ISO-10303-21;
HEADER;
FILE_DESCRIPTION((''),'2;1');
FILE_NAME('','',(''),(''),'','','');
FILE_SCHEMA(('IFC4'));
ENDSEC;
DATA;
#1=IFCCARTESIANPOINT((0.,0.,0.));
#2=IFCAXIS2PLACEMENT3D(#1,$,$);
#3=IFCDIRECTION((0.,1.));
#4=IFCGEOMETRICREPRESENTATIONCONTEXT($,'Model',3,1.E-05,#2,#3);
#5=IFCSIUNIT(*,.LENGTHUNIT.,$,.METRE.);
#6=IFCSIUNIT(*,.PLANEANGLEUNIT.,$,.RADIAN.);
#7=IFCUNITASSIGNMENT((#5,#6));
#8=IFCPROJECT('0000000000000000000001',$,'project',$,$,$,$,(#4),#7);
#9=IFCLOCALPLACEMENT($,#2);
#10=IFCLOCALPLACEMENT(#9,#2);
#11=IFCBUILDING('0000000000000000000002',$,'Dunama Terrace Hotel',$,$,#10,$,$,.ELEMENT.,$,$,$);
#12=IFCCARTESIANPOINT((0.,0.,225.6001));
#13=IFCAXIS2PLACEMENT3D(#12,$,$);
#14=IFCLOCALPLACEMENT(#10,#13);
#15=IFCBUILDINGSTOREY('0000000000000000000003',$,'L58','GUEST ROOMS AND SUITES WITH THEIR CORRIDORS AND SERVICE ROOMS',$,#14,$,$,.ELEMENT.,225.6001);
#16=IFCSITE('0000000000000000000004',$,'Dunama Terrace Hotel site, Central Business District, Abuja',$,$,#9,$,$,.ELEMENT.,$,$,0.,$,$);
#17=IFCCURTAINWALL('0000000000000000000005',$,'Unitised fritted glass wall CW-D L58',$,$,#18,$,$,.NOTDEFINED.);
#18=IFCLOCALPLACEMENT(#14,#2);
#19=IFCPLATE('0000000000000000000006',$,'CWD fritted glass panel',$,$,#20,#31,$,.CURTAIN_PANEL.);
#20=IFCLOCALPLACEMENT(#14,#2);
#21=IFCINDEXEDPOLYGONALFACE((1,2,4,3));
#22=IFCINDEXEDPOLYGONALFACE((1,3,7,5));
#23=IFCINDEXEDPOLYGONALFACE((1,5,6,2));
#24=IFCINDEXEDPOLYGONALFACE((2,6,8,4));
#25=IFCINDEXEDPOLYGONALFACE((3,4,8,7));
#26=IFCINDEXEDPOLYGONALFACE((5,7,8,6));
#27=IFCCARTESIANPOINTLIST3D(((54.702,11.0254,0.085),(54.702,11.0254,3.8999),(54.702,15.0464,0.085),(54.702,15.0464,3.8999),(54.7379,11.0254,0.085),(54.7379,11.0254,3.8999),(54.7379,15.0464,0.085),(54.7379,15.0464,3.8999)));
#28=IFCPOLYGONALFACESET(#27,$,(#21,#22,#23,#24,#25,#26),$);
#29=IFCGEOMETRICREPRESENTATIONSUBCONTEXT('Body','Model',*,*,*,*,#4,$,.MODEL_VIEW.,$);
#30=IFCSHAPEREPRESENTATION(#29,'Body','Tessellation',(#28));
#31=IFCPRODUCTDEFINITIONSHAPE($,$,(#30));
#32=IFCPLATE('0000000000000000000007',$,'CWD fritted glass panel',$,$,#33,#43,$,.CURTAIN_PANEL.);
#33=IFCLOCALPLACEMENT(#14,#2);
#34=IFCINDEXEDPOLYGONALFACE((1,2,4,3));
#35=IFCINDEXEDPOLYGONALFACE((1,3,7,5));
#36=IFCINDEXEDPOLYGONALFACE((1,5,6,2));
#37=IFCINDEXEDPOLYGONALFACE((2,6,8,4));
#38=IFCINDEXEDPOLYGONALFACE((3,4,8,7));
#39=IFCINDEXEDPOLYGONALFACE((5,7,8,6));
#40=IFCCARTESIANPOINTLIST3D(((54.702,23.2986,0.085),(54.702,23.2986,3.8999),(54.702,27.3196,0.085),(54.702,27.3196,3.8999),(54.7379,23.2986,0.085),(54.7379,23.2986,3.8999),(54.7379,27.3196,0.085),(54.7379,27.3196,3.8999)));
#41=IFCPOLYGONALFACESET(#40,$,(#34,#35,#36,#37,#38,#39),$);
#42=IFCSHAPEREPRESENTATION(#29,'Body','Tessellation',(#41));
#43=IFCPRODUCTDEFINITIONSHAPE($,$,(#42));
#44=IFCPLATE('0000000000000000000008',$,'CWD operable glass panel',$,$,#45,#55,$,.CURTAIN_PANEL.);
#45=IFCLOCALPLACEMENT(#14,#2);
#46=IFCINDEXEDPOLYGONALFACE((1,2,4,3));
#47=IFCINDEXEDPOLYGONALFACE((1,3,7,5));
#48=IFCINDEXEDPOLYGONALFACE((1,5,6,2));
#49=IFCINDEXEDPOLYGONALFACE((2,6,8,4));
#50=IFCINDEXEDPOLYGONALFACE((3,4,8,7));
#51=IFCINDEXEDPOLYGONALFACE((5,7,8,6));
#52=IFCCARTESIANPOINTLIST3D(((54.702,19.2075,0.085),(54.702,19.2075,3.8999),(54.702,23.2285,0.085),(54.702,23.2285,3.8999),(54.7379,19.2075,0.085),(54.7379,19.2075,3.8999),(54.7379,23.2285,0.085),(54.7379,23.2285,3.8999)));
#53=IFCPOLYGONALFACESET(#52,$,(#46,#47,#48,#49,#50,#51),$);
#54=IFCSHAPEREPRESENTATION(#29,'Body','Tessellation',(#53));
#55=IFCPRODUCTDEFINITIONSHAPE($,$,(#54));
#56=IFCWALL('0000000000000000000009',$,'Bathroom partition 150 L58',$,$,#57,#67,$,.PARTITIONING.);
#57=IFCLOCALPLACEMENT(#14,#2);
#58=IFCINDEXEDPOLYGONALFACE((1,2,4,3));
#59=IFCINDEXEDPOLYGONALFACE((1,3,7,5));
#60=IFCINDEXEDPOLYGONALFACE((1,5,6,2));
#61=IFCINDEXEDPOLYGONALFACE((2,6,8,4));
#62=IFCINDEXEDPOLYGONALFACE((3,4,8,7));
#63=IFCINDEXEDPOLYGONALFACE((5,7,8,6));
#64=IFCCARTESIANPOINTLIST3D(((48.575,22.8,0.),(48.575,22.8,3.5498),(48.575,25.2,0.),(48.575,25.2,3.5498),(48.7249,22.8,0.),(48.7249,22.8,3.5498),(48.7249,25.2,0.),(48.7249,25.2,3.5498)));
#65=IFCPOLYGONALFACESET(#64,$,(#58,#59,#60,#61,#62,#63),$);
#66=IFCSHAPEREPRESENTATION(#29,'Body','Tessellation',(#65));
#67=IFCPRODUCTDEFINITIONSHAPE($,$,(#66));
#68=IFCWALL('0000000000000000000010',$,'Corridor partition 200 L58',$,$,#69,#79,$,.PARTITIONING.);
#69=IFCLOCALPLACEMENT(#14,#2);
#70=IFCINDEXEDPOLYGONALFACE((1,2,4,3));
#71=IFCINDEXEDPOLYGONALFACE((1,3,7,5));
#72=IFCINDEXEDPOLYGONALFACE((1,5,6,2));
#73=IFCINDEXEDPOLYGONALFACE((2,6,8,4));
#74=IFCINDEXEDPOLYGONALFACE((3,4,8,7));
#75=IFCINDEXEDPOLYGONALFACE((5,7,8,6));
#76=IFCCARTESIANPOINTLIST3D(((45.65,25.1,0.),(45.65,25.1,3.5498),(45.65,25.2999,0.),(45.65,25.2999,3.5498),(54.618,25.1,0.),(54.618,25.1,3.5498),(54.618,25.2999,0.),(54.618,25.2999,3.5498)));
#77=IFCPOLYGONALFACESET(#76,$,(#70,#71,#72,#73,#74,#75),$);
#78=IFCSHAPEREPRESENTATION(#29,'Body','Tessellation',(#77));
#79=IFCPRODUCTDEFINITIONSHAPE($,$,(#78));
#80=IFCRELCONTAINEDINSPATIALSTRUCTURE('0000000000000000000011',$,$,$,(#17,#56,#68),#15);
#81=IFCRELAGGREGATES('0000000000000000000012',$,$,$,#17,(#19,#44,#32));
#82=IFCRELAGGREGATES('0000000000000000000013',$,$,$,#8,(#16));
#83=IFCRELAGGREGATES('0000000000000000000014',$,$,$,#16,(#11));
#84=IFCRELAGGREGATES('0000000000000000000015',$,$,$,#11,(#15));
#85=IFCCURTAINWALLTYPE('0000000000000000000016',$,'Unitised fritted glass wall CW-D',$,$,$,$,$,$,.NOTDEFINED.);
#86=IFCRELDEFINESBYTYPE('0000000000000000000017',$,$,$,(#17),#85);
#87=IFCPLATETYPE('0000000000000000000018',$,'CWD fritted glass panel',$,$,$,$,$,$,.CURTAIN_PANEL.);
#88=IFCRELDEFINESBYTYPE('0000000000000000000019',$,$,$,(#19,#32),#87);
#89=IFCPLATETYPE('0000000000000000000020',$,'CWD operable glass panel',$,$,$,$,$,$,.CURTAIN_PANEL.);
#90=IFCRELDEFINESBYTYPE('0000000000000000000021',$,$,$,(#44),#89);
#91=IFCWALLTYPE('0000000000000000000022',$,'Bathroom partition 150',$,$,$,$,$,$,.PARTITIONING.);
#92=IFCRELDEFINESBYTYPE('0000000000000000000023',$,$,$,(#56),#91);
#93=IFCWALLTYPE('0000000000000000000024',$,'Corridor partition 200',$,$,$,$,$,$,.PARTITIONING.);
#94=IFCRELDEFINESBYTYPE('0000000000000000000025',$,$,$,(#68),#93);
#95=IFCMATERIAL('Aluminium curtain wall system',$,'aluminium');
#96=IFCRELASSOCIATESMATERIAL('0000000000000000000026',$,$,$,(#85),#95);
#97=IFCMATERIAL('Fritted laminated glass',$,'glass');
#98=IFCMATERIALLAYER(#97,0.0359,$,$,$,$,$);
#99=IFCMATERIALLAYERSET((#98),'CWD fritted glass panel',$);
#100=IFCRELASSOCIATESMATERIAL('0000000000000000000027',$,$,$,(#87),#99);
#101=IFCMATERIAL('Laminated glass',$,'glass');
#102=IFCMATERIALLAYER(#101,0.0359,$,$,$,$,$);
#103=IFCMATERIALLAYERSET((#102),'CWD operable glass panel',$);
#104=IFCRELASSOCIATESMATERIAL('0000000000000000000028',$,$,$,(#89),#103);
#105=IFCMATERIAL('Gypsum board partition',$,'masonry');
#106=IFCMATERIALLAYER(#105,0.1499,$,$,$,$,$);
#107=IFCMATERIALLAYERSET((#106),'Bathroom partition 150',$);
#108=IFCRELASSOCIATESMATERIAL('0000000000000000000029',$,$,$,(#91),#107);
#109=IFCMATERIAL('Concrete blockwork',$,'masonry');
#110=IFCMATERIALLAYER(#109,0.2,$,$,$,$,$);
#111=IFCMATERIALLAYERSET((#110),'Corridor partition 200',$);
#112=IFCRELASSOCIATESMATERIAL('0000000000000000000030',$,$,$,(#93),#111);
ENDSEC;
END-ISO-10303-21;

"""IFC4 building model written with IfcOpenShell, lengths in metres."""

from ifc_helpers import new_model, si_unit, direction, frame, frame_2d, origin, origin_2d, place, context, subcontext, project, spatial, rectangle, extrude, material, layer, layer_set, type_object, element, aggregate, save


model = new_model("IFC4")

# Units and contexts
model_context = context("Model", 3, precision=1e-05, world=origin(), true_north=direction((0.0, 1.0)))
body_context = subcontext(model_context, "Body", "Model", "MODEL_VIEW")
ifc_project = project(units=[si_unit("LENGTHUNIT", "METRE"), si_unit("PLANEANGLEUNIT", "RADIAN")], contexts=[model_context])

# Site, building, storey
site_placement = place(None, origin())
site = spatial("IfcSite", under=ifc_project, at=site_placement, Name="Dunama Terrace Hotel site, Central Business District, Abuja", CompositionType="ELEMENT", RefElevation=0.0)
building_placement = place(site_placement, origin())
building = spatial("IfcBuilding", under=site, at=building_placement, Name="Dunama Terrace Hotel", CompositionType="ELEMENT")
storey_placement = place(building_placement, frame((0.0, 0.0, 225.6001)))
storey = spatial("IfcBuildingStorey", under=building, at=storey_placement, Name="L58", Description="GUEST ROOMS AND SUITES WITH THEIR CORRIDORS AND SERVICE ROOMS", CompositionType="ELEMENT", Elevation=225.6001)

# Curtain wall
ifc_material_1 = material(Name="Aluminium curtain wall system", Category="aluminium")
curtain_wall_type = type_object("IfcCurtainWallType", Name="Unitised fritted glass wall CW-D", PredefinedType="NOTDEFINED", material=ifc_material_1)
curtain_wall_placement = place(storey_placement, origin())
curtain_wall = element("IfcCurtainWall", 1, at=curtain_wall_placement, inside=storey, type_object=curtain_wall_type, Name="Unitised fritted glass wall CW-D L58", PredefinedType="NOTDEFINED")

# Plates
ifc_material_2 = material(Name="Fritted laminated glass", Category="glass")
ifc_layer_1 = layer(ifc_material_2, 0.0359)
ifc_layer_set_1 = layer_set([ifc_layer_1], Name="CWD fritted glass panel")
plate_type_1 = type_object("IfcPlateType", Name="CWD fritted glass panel", PredefinedType="CURTAIN_PANEL", material=ifc_layer_set_1)
plate_1_placement = place(storey_placement, frame((54.72, 13.0359, 0.085), z_axis=(0.0, 0.0, 1.0), x_axis=(0.0, 1.0, 0.0)))
plate_1 = element("IfcPlate", 2, at=plate_1_placement, type_object=plate_type_1, Name="CWD fritted glass panel", PredefinedType="CURTAIN_PANEL", context=body_context, shape_type="SweptSolid", body=[
    extrude(rectangle(XDim=4.021, YDim=0.0359, at=origin_2d()), origin(), (0.0, 0.0, 1.0), 3.8149),
])
plate_2_placement = place(storey_placement, frame((54.72, 25.3091, 0.085), z_axis=(0.0, 0.0, 1.0), x_axis=(0.0, 1.0, 0.0)))
plate_2 = element("IfcPlate", 3, at=plate_2_placement, type_object=plate_type_1, Name="CWD fritted glass panel", PredefinedType="CURTAIN_PANEL", context=body_context, shape_type="SweptSolid", body=[
    extrude(rectangle(XDim=4.021, YDim=0.0359, at=origin_2d()), origin(), (0.0, 0.0, 1.0), 3.8149),
])
ifc_material_3 = material(Name="Laminated glass", Category="glass")
ifc_layer_2 = layer(ifc_material_3, 0.0359)
ifc_layer_set_2 = layer_set([ifc_layer_2], Name="CWD operable glass panel")
plate_type_2 = type_object("IfcPlateType", Name="CWD operable glass panel", PredefinedType="CURTAIN_PANEL", material=ifc_layer_set_2)
plate_3_placement = place(storey_placement, frame((54.72, 21.218, 0.085), z_axis=(0.0, 0.0, 1.0), x_axis=(0.0, 1.0, 0.0)))
plate_3 = element("IfcPlate", 4, at=plate_3_placement, type_object=plate_type_2, Name="CWD operable glass panel", PredefinedType="CURTAIN_PANEL", context=body_context, shape_type="SweptSolid", body=[
    extrude(rectangle(XDim=4.021, YDim=0.0359, at=origin_2d()), origin(), (0.0, 0.0, 1.0), 3.8149),
])
aggregate(curtain_wall, [plate_1, plate_3, plate_2])

# Walls
ifc_material_4 = material(Name="Gypsum board partition", Category="masonry")
ifc_layer_3 = layer(ifc_material_4, 0.1499)
ifc_layer_set_3 = layer_set([ifc_layer_3], Name="Bathroom partition 150")
wall_type_1 = type_object("IfcWallType", Name="Bathroom partition 150", PredefinedType="PARTITIONING", material=ifc_layer_set_3)
wall_1_placement = place(storey_placement, frame((48.6499, 22.8, 0.0), z_axis=(0.0, 0.0, 1.0), x_axis=(0.0, 1.0, 0.0)))
element("IfcWall", 5, at=wall_1_placement, inside=storey, type_object=wall_type_1, Name="Bathroom partition 150 L58", PredefinedType="PARTITIONING", context=body_context, shape_type="SweptSolid", body=[
    extrude(rectangle(XDim=2.3999, YDim=0.1499, at=frame_2d((1.2, 0.0))), origin(), (0.0, 0.0, 1.0), 3.5498),
])
ifc_material_5 = material(Name="Concrete blockwork", Category="masonry")
ifc_layer_4 = layer(ifc_material_5, 0.2)
ifc_layer_set_4 = layer_set([ifc_layer_4], Name="Corridor partition 200")
wall_type_2 = type_object("IfcWallType", Name="Corridor partition 200", PredefinedType="PARTITIONING", material=ifc_layer_set_4)
wall_2_placement = place(storey_placement, frame((54.6179, 25.2, 0.0), z_axis=(0.0, 0.0, 1.0), x_axis=(-1.0, 0.0, 0.0)))
element("IfcWall", 6, at=wall_2_placement, inside=storey, type_object=wall_type_2, Name="Corridor partition 200 L58", PredefinedType="PARTITIONING", context=body_context, shape_type="SweptSolid", body=[
    extrude(rectangle(XDim=8.968, YDim=0.2, at=frame_2d((4.4839, 0.0))), origin(), (0.0, 0.0, 1.0), 3.5498),
])

save(model, "model.ifc")
